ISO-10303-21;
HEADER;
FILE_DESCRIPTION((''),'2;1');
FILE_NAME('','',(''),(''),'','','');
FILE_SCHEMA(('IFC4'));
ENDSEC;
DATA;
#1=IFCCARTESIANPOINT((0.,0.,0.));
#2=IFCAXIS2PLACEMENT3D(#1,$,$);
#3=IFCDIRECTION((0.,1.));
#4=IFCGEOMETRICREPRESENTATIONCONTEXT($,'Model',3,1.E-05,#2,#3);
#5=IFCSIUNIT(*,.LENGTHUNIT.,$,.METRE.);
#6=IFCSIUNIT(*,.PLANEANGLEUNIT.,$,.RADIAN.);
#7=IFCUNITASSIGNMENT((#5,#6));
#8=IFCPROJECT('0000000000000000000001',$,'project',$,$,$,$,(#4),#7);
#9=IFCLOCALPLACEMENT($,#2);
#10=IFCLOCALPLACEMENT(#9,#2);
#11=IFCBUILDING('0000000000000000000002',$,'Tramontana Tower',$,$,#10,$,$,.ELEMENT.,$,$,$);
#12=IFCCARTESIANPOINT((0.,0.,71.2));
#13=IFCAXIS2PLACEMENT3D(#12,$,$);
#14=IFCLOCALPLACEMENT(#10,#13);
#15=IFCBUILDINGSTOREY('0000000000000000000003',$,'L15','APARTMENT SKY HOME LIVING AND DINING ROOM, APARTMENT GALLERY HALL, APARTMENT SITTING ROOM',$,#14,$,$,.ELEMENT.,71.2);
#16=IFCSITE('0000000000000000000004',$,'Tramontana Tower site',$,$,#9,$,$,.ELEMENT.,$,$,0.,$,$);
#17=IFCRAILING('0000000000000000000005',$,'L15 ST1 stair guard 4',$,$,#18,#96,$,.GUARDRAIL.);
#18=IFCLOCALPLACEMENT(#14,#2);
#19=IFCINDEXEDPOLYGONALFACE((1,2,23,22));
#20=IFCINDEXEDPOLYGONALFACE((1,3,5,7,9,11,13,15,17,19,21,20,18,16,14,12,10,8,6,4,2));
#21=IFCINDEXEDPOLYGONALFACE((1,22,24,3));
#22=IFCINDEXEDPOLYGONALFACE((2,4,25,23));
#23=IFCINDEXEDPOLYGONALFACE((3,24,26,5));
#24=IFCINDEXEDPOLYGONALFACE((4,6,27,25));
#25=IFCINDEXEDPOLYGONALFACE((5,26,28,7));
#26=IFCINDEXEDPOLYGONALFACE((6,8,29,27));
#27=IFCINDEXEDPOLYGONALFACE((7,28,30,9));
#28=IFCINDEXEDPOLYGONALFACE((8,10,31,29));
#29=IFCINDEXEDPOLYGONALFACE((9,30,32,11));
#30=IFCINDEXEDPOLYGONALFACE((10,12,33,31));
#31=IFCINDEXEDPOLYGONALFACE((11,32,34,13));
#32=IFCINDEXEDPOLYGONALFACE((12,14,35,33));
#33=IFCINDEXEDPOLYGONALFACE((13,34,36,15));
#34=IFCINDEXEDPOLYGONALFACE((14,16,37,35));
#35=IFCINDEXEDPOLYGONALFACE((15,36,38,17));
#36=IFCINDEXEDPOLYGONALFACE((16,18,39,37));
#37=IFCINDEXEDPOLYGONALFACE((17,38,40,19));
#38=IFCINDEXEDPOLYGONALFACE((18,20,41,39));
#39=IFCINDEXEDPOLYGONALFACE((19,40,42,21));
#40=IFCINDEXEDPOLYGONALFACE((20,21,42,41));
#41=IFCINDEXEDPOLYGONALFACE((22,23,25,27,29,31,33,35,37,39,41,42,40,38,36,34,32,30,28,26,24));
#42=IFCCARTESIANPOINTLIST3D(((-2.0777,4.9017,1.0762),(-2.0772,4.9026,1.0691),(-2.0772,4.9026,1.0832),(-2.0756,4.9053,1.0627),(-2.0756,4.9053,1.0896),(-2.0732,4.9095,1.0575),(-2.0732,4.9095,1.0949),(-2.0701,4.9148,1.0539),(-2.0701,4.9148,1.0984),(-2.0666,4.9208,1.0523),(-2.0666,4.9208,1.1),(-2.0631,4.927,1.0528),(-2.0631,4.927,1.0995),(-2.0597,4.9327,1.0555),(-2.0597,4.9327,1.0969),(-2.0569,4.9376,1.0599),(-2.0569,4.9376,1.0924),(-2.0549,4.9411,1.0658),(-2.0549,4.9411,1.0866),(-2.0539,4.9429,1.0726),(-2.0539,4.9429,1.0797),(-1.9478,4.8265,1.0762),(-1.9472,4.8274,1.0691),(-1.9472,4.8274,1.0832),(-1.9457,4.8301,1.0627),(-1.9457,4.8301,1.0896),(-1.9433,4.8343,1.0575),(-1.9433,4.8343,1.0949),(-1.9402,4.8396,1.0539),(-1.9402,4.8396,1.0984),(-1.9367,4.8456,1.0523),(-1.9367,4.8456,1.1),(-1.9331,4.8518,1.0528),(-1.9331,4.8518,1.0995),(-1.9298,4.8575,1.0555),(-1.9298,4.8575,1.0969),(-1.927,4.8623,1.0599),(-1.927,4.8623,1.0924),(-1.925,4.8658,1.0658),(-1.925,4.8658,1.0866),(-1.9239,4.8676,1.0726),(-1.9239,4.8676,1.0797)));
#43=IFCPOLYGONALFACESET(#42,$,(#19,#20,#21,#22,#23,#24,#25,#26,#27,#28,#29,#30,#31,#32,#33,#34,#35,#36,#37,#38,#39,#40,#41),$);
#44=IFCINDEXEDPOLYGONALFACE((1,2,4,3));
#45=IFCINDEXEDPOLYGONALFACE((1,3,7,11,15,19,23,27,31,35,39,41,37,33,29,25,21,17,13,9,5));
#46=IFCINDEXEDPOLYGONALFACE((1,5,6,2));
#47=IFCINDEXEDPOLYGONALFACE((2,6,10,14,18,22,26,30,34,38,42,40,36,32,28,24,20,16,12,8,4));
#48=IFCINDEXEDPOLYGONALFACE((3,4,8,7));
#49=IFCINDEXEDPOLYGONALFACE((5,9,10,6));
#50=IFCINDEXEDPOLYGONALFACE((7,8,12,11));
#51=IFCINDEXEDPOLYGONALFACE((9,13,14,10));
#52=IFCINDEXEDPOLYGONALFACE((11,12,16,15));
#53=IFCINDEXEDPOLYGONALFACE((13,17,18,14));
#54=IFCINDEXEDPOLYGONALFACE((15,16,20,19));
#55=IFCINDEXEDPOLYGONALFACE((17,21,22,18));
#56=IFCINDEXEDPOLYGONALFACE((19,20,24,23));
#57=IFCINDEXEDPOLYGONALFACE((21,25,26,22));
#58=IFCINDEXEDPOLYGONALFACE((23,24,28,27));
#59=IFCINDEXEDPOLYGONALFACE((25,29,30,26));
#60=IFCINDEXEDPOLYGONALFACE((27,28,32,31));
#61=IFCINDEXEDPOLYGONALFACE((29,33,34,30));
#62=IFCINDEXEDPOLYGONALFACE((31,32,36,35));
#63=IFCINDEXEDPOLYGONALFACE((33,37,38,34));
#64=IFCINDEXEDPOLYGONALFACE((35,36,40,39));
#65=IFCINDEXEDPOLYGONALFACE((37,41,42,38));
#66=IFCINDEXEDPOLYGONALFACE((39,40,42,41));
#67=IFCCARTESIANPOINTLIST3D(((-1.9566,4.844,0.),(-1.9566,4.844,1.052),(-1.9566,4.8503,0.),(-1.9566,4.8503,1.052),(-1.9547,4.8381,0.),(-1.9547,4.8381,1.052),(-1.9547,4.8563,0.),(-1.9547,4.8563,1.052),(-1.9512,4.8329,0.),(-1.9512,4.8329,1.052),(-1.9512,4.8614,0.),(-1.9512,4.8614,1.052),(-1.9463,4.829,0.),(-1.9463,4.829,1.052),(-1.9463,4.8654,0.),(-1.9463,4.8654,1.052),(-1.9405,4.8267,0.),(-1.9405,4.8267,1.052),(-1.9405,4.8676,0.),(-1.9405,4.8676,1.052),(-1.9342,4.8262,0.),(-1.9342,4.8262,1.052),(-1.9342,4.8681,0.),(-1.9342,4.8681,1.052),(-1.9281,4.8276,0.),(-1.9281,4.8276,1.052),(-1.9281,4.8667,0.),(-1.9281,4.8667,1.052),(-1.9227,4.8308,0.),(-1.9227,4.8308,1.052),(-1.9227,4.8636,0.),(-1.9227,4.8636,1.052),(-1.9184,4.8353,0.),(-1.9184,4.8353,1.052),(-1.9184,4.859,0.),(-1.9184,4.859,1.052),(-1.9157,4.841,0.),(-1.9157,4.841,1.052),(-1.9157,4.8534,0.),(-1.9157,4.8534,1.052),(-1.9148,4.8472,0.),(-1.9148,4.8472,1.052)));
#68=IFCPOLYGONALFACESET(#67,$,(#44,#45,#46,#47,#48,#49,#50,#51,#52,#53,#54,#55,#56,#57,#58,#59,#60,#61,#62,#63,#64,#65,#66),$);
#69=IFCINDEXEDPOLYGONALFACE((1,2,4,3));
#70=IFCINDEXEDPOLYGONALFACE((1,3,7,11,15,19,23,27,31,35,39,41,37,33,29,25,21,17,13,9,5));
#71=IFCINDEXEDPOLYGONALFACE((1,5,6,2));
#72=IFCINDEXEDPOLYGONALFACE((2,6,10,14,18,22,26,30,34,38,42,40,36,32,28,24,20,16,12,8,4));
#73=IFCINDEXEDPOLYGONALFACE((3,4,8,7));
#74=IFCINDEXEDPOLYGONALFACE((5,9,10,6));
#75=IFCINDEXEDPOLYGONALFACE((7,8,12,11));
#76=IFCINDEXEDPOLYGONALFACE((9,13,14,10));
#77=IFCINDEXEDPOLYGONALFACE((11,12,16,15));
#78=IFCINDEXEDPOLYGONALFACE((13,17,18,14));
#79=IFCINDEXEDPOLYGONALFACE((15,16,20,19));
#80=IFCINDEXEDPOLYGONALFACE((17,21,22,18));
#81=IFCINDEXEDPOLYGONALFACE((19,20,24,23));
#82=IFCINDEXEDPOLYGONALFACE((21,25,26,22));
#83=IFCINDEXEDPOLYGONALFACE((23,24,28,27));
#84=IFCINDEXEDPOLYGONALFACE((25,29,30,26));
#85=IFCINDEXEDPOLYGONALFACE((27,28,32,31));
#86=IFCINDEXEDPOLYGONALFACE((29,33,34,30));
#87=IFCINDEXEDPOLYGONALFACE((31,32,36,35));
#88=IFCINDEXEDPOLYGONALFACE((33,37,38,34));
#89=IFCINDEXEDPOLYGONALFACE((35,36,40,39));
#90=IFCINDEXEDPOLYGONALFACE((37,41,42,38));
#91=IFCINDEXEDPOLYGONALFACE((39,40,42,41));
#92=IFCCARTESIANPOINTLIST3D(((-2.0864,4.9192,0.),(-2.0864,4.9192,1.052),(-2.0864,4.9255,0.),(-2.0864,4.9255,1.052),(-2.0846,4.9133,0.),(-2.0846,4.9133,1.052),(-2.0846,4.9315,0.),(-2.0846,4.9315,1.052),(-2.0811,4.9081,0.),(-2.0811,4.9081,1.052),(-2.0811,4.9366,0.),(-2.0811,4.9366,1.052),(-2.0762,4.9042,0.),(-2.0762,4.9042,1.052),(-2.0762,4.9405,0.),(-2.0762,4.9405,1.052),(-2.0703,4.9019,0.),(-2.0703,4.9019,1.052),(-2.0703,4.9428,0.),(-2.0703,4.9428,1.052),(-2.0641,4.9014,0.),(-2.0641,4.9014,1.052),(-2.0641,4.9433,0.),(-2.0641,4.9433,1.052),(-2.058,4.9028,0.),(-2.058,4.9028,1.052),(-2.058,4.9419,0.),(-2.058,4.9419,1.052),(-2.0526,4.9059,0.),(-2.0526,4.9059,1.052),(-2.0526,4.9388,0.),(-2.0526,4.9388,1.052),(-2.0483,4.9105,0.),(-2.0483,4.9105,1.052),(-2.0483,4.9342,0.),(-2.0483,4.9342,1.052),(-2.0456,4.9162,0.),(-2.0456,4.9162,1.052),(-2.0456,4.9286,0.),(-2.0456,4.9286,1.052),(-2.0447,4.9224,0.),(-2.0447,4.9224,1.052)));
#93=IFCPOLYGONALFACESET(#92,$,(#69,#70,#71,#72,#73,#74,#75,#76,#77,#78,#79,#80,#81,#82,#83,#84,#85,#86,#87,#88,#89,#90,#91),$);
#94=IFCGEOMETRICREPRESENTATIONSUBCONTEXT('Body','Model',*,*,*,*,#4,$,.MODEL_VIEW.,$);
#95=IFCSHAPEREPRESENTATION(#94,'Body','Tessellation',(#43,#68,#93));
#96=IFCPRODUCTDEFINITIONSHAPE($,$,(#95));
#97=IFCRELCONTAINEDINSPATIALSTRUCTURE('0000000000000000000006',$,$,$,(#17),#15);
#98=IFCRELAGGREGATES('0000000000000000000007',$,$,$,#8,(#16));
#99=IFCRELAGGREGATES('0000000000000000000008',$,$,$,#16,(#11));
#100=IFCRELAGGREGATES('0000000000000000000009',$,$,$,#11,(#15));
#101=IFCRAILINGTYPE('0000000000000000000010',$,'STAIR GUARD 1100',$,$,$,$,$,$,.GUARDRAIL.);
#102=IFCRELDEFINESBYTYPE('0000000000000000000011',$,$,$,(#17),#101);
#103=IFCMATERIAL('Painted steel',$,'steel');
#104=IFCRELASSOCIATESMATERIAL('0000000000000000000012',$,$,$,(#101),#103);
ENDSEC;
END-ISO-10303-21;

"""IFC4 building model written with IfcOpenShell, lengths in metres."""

from ifc_helpers import new_model, si_unit, direction, frame, origin, origin_2d, place, context, subcontext, project, spatial, circle, extrude, material, type_object, element, save


model = new_model("IFC4")

# Units and contexts
model_context = context("Model", 3, precision=1e-05, world=origin(), true_north=direction((0.0, 1.0)))
body_context = subcontext(model_context, "Body", "Model", "MODEL_VIEW")
ifc_project = project(units=[si_unit("LENGTHUNIT", "METRE"), si_unit("PLANEANGLEUNIT", "RADIAN")], contexts=[model_context])

# Site, building, storey
site_placement = place(None, origin())
site = spatial("IfcSite", under=ifc_project, at=site_placement, Name="Tramontana Tower site", CompositionType="ELEMENT", RefElevation=0.0)
building_placement = place(site_placement, origin())
building = spatial("IfcBuilding", under=site, at=building_placement, Name="Tramontana Tower", CompositionType="ELEMENT")
storey_placement = place(building_placement, frame((0.0, 0.0, 71.2)))
storey = spatial("IfcBuildingStorey", under=building, at=storey_placement, Name="L15", Description="APARTMENT SKY HOME LIVING AND DINING ROOM, APARTMENT GALLERY HALL, APARTMENT SITTING ROOM", CompositionType="ELEMENT", Elevation=71.2)

# Railing
ifc_material_1 = material(Name="Painted steel", Category="steel")
railing_type_1 = type_object("IfcRailingType", Name="STAIR GUARD 1100", PredefinedType="GUARDRAIL", material=ifc_material_1)
railing_1_placement = place(storey_placement, frame((-1.9358, 4.8472, 0.0)))
element("IfcRailing", 1, at=railing_1_placement, inside=storey, type_object=railing_type_1, Name="L15 ST1 stair guard 4", PredefinedType="GUARDRAIL", context=body_context, shape_type="SweptSolid", body=[
    extrude(circle(Radius=0.0239, at=origin_2d()), frame((0.0, 0.0, 1.0762), z_axis=(-0.865426, 0.501036, 0.0), x_axis=(-0.501036, -0.865426, 0.0)), (0.0, 0.0, 1.0), 0.1501),
    extrude(circle(Radius=0.021, at=origin_2d()), origin(), (0.0, 0.0, 1.0), 1.052),
    extrude(circle(Radius=0.021, at=origin_2d()), frame((-0.1299, 0.0752, 0.0)), (0.0, 0.0, 1.0), 1.052),
])

save(model, "model.ifc")
